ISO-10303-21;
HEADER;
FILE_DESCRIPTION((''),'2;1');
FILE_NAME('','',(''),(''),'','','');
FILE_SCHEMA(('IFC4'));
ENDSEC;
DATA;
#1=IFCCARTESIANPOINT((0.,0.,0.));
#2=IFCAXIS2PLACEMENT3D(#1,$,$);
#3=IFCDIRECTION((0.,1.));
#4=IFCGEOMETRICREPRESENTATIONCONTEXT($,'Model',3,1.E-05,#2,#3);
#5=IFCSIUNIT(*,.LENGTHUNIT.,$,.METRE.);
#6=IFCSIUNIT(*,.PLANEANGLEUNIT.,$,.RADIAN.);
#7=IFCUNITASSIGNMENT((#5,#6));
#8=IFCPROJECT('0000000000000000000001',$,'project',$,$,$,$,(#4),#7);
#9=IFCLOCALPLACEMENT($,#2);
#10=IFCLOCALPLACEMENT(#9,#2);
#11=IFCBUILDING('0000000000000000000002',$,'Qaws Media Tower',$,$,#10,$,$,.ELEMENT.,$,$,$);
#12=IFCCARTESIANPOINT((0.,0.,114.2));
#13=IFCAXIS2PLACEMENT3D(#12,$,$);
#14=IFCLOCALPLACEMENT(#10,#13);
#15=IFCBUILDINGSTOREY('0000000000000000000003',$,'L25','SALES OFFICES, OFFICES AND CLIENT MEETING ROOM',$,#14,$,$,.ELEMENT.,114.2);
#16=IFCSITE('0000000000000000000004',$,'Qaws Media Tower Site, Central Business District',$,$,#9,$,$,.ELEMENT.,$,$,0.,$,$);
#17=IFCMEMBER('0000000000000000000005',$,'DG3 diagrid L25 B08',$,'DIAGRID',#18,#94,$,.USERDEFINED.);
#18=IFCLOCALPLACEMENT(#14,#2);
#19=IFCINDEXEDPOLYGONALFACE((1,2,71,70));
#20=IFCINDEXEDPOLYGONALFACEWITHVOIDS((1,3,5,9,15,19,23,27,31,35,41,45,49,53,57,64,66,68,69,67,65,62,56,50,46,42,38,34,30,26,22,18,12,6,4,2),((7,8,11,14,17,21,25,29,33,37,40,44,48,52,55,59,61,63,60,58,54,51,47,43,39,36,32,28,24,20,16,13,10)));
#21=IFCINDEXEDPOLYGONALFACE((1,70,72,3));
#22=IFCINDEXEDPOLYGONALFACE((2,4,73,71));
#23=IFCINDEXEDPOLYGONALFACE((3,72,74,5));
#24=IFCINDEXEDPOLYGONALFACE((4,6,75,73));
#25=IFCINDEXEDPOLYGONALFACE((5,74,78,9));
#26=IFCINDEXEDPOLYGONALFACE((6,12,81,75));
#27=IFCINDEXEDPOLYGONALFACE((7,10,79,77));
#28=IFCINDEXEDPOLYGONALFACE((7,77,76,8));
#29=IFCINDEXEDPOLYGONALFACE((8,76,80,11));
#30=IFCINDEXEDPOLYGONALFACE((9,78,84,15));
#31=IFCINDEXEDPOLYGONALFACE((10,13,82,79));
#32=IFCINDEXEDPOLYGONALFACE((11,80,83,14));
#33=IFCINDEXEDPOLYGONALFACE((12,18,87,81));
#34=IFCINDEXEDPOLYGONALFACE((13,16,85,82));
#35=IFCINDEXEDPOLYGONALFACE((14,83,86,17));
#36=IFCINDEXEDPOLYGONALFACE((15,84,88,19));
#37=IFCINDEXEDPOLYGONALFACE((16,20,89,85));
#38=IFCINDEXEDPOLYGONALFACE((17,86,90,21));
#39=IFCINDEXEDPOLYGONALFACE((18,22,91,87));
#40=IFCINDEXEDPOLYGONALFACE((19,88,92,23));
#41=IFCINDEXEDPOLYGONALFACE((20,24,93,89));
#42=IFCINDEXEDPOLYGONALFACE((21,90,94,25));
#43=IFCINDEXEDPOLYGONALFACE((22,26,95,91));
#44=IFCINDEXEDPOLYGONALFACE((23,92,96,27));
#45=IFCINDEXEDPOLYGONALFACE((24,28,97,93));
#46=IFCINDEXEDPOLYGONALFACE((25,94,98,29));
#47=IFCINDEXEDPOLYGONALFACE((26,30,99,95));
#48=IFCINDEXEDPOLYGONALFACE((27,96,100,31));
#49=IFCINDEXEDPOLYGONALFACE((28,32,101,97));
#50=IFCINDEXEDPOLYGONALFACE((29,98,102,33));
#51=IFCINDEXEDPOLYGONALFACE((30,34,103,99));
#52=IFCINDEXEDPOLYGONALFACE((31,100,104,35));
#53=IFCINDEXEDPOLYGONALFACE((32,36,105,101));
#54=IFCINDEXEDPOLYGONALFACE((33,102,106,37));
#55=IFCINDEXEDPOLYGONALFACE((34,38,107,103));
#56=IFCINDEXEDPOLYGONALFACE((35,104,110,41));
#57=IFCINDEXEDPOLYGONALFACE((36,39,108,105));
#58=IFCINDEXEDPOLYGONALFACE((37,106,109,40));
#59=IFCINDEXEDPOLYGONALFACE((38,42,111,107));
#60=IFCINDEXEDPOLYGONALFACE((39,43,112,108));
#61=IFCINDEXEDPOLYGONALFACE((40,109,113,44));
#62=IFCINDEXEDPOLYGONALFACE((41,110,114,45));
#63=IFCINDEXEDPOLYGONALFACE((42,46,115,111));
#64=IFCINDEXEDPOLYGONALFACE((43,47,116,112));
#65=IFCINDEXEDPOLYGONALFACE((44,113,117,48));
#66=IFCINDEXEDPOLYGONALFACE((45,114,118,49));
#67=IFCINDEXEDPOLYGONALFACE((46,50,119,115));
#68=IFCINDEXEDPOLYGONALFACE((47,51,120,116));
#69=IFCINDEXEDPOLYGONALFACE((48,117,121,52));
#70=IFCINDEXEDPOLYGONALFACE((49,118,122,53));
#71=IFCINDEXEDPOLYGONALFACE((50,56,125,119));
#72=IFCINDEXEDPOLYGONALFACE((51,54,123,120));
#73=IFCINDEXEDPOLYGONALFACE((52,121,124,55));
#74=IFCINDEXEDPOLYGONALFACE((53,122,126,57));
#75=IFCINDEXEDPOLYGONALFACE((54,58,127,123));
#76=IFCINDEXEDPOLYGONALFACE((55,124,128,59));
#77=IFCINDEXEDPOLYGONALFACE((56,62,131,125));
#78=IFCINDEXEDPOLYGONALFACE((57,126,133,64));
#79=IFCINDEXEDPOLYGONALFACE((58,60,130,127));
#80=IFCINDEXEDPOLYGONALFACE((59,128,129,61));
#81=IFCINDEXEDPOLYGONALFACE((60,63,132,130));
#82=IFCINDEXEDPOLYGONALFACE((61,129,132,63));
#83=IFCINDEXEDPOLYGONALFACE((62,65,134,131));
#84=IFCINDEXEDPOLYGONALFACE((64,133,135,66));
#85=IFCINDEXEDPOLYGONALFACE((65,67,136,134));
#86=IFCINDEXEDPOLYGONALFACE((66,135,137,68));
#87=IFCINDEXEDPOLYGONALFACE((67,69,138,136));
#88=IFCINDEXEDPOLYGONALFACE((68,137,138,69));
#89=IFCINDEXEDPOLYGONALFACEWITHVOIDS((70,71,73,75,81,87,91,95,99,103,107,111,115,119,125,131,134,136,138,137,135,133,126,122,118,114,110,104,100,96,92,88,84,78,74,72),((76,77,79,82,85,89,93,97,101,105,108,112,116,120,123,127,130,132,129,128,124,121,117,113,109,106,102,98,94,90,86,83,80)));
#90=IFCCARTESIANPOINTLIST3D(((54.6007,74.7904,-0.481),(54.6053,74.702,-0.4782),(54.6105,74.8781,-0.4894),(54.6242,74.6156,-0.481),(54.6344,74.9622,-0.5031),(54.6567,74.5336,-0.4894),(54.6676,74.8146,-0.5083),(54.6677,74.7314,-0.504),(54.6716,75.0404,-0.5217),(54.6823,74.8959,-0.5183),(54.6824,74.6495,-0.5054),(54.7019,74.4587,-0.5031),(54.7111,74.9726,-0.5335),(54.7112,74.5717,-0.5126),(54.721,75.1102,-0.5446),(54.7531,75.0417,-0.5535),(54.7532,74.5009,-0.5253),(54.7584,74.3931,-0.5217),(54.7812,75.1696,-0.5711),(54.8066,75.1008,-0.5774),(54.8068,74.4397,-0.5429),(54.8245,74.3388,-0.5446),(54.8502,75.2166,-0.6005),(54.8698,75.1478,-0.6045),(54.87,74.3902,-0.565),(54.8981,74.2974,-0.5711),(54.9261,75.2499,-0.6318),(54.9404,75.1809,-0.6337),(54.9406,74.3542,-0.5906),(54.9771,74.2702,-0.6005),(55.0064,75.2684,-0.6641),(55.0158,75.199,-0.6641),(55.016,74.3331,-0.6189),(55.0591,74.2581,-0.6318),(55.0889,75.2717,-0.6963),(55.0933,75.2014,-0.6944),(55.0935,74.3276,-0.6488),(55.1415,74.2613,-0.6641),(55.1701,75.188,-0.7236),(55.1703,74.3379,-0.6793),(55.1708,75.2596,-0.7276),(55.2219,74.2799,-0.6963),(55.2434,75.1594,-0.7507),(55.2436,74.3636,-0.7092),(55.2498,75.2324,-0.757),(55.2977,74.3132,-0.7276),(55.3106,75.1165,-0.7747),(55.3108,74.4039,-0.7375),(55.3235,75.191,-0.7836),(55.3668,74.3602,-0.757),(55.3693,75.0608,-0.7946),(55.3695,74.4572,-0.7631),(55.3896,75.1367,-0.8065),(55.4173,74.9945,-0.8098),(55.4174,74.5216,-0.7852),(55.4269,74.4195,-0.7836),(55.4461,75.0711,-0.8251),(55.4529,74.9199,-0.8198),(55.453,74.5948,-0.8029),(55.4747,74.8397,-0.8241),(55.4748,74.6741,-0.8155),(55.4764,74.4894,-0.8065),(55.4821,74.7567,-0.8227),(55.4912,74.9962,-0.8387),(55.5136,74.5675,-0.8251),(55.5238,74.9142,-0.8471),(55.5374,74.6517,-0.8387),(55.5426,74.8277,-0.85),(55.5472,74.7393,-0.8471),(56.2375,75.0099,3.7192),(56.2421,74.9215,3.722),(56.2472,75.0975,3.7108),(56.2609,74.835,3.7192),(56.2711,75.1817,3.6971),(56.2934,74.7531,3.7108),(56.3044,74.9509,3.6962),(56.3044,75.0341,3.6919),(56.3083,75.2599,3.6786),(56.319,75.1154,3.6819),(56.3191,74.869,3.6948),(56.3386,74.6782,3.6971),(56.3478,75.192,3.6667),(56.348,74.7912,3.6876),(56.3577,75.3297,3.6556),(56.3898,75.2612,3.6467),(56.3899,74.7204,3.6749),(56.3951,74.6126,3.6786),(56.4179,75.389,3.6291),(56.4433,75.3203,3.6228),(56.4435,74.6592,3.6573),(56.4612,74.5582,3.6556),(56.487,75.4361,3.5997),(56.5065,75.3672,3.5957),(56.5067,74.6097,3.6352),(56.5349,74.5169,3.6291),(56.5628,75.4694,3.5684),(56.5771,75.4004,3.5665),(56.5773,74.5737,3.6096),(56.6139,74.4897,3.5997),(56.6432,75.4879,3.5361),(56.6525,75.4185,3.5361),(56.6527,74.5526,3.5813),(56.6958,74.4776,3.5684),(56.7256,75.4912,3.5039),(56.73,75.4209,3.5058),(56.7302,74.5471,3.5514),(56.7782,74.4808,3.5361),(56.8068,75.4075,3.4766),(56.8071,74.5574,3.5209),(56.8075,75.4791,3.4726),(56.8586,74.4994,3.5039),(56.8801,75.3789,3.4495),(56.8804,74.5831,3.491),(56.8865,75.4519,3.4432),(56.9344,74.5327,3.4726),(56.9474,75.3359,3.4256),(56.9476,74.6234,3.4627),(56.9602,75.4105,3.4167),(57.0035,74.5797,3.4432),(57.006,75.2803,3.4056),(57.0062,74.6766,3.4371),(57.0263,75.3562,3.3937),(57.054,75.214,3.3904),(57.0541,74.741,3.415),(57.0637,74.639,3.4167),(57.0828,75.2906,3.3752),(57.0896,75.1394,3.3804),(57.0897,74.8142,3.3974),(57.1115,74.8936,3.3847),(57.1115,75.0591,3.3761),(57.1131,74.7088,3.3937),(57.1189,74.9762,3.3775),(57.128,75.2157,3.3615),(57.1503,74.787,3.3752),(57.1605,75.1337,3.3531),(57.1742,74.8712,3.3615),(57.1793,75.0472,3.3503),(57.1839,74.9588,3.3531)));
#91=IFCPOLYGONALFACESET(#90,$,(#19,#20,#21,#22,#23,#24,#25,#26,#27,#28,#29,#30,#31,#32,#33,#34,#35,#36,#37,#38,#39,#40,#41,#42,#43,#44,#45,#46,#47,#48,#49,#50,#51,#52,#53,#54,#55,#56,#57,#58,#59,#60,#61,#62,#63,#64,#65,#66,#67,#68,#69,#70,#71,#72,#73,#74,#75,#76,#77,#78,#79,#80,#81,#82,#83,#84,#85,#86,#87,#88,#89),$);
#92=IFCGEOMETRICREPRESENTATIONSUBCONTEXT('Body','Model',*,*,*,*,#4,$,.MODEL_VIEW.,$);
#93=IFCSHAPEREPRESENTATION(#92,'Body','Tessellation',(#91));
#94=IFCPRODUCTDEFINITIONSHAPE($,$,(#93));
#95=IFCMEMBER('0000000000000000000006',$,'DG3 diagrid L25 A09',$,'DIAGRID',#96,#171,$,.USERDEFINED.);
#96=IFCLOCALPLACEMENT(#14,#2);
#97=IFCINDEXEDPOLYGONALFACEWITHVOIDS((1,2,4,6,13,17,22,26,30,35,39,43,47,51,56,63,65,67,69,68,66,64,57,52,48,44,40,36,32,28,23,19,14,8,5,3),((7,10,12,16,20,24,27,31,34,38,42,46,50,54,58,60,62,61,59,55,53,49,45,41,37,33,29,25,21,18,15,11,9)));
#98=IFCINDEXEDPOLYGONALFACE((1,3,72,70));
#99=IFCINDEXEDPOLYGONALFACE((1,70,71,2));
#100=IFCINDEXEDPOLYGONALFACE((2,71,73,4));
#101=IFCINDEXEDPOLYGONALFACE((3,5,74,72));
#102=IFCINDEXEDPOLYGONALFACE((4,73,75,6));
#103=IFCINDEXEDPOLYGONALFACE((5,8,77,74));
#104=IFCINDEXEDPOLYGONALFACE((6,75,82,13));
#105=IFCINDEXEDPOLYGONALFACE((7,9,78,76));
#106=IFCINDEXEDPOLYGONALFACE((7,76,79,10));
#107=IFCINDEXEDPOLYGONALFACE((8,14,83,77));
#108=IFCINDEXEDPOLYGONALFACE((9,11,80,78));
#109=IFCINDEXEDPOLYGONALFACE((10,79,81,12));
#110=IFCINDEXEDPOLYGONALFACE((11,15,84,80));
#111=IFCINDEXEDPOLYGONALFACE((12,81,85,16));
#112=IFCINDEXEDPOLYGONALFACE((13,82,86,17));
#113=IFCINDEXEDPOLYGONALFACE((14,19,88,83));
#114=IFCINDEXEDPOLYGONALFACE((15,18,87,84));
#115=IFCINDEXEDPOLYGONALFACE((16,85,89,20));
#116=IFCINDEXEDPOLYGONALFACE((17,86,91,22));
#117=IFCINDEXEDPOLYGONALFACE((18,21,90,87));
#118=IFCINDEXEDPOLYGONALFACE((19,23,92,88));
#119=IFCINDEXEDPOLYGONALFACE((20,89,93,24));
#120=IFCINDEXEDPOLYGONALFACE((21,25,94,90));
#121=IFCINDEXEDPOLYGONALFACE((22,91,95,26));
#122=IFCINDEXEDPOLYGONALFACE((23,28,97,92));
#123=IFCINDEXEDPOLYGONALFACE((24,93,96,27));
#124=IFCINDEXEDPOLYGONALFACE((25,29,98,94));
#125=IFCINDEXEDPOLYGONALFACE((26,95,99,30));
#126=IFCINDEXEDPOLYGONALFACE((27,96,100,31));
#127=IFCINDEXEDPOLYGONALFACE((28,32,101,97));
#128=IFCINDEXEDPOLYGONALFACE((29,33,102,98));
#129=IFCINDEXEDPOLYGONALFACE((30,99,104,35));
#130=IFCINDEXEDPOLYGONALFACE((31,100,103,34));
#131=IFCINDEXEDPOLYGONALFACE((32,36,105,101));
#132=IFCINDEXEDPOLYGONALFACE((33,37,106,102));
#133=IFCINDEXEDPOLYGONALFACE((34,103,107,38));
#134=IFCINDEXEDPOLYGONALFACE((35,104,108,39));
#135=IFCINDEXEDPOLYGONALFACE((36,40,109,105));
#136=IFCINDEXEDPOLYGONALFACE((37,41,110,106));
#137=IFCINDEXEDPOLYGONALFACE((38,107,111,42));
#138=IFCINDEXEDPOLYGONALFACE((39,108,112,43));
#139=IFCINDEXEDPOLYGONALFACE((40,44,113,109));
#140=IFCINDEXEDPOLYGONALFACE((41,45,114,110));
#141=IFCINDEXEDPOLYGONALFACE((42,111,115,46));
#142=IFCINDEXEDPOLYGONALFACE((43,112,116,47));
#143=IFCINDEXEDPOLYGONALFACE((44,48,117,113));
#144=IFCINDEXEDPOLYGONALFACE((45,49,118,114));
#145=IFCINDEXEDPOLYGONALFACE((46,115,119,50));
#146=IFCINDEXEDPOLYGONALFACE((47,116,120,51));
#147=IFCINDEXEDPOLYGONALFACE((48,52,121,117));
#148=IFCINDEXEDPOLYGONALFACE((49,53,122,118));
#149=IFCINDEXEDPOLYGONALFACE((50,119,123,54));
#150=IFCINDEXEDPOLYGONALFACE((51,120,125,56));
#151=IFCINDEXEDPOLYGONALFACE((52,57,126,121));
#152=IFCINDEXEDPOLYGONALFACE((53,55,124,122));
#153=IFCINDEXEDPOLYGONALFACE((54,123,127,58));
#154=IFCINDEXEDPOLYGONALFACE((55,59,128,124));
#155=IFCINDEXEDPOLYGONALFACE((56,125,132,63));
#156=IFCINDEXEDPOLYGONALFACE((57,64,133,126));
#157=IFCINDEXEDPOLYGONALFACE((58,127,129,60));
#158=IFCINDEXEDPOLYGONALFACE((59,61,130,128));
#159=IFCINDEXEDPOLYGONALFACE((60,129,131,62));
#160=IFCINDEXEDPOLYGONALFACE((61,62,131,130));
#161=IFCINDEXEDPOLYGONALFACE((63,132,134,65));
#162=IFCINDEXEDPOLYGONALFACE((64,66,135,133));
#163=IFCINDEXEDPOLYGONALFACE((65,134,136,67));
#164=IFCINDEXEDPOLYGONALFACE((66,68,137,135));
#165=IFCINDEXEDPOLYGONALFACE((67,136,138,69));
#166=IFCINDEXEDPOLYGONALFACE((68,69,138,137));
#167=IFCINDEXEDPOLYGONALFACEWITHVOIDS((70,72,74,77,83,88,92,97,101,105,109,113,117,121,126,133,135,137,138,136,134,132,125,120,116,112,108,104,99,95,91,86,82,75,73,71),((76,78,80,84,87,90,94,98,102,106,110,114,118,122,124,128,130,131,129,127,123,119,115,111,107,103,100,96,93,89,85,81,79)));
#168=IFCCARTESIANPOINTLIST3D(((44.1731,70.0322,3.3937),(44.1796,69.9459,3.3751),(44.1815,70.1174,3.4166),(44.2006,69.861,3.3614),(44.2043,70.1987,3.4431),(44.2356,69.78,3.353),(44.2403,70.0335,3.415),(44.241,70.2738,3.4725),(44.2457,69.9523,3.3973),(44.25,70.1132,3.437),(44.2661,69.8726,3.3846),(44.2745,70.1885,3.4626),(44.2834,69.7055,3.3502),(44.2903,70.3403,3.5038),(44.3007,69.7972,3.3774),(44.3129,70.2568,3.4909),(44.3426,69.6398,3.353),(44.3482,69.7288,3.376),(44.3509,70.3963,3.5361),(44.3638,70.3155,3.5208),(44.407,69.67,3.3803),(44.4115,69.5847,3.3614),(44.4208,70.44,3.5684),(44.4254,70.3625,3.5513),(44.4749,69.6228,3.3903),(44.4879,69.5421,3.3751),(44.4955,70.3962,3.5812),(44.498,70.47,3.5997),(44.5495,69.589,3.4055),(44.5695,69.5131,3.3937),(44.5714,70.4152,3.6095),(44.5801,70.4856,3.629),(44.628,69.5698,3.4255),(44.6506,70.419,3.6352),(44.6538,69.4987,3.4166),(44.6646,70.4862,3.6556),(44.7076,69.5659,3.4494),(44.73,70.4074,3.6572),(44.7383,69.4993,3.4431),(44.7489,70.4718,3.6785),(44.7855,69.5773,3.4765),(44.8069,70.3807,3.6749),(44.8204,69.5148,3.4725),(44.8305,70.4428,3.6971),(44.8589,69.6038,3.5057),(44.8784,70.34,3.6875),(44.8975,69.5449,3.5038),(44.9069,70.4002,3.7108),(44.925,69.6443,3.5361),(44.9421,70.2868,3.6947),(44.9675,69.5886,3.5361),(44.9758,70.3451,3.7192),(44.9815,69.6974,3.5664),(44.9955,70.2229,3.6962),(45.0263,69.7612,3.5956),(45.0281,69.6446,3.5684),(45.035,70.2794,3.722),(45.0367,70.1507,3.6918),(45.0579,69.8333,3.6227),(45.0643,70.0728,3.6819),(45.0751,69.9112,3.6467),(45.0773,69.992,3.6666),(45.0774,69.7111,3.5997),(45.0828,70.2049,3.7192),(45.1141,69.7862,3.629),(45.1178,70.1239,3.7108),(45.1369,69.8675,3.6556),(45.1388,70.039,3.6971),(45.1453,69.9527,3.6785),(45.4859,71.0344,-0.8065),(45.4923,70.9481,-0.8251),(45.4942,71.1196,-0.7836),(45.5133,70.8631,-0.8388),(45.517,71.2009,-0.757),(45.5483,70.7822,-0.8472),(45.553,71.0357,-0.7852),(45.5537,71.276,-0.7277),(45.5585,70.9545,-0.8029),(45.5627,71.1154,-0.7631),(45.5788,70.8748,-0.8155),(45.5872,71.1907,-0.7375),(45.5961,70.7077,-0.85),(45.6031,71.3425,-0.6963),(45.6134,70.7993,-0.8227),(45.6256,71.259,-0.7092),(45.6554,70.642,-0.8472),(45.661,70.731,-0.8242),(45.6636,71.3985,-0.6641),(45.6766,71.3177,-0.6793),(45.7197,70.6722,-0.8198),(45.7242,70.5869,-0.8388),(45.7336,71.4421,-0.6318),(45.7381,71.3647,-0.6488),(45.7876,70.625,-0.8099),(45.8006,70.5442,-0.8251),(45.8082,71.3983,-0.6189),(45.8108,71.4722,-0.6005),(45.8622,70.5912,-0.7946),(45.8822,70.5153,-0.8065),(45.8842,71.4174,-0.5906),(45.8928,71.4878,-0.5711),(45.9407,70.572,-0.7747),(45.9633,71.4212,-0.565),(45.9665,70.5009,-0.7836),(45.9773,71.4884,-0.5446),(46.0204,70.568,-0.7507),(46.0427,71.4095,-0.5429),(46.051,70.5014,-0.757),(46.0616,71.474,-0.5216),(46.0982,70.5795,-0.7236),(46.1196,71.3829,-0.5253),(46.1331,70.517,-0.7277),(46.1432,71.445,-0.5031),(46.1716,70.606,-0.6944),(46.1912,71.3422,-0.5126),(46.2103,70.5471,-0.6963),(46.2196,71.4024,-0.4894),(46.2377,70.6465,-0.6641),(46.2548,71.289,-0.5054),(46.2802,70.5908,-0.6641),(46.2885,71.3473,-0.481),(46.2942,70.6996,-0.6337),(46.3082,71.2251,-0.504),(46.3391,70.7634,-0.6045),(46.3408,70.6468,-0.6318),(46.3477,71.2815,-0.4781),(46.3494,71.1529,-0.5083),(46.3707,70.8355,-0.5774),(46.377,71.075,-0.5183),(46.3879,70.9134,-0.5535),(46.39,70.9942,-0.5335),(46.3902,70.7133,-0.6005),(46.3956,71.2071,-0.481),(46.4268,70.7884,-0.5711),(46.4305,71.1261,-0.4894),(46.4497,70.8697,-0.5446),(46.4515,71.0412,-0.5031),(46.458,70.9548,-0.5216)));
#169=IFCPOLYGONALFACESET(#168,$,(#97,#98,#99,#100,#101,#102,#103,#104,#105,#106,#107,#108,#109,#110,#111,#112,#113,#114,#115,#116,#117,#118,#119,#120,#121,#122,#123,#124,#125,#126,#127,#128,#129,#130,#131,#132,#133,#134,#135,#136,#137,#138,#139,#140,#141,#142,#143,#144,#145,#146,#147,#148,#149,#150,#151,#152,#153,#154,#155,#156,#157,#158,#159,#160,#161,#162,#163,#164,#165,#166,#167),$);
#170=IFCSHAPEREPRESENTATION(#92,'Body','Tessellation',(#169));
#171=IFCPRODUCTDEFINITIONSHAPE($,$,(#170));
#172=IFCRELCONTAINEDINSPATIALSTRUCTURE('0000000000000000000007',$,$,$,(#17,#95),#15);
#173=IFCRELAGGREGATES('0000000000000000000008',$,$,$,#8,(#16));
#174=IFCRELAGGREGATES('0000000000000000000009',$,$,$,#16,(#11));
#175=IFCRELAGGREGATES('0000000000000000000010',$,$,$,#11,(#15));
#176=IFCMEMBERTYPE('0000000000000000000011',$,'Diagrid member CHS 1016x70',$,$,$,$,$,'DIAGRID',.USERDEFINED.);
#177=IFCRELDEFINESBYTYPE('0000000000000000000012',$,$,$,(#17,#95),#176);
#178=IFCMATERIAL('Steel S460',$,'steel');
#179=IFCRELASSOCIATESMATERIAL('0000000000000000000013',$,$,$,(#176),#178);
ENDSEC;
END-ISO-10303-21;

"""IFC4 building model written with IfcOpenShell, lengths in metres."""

from ifc_helpers import new_model, si_unit, direction, frame, origin, origin_2d, place, context, subcontext, project, spatial, hollow_circle, extrude, material, material_profile, profile_set, type_object, element, save


model = new_model("IFC4")

# Units and contexts
model_context = context("Model", 3, precision=1e-05, world=origin(), true_north=direction((0.0, 1.0)))
body_context = subcontext(model_context, "Body", "Model", "MODEL_VIEW")
ifc_project = project(units=[si_unit("LENGTHUNIT", "METRE"), si_unit("PLANEANGLEUNIT", "RADIAN")], contexts=[model_context])

# Site, building, storey
site_placement = place(None, origin())
site = spatial("IfcSite", under=ifc_project, at=site_placement, Name="Qaws Media Tower Site, Central Business District", CompositionType="ELEMENT", RefElevation=0.0)
building_placement = place(site_placement, origin())
building = spatial("IfcBuilding", under=site, at=building_placement, Name="Qaws Media Tower", CompositionType="ELEMENT")
storey_placement = place(building_placement, frame((0.0, 0.0, 114.2)))
storey = spatial("IfcBuildingStorey", under=building, at=storey_placement, Name="L25", Description="SALES OFFICES, OFFICES AND CLIENT MEETING ROOM", CompositionType="ELEMENT", Elevation=114.2)

# Members
ifc_material_1 = material(Name="Steel S460", Category="steel")
ifc_material_profile_1 = material_profile(ifc_material_1, hollow_circle(Radius=0.5081, WallThickness=0.0701, at=origin_2d()), Name="CHS 1016x70")
ifc_profile_set_1 = profile_set([ifc_material_profile_1], Name="Steel S460")
member_type_1 = type_object("IfcMemberType", Name="Diagrid member CHS 1016x70", ElementType="DIAGRID", PredefinedType="USERDEFINED", material=ifc_profile_set_1)
for number, where, z_axis, x_axis, name in (
    (1, (55.074, 74.7649, -0.6641), (0.362654, 0.048632, 0.930654), (-0.132909, 0.991128, 0.0), "DG3 diagrid L25 B08"),
    (2, (45.9719, 70.9946, -0.6641), (-0.290865, -0.222057, 0.930639), (0.606813, -0.794844, 0.0), "DG3 diagrid L25 A09"),
):
    element("IfcMember", number, at=place(storey_placement, frame(where, z_axis=z_axis, x_axis=x_axis)), inside=storey, type_object=member_type_1, Name=name, ObjectType="DIAGRID", PredefinedType="USERDEFINED", context=body_context, shape_type="SweptSolid", body=[
        extrude(hollow_circle(Radius=0.5081, WallThickness=0.0701, at=origin_2d()), origin(), (0.0, 0.0, 1.0), 4.5132),
    ])

save(model, "model.ifc")
